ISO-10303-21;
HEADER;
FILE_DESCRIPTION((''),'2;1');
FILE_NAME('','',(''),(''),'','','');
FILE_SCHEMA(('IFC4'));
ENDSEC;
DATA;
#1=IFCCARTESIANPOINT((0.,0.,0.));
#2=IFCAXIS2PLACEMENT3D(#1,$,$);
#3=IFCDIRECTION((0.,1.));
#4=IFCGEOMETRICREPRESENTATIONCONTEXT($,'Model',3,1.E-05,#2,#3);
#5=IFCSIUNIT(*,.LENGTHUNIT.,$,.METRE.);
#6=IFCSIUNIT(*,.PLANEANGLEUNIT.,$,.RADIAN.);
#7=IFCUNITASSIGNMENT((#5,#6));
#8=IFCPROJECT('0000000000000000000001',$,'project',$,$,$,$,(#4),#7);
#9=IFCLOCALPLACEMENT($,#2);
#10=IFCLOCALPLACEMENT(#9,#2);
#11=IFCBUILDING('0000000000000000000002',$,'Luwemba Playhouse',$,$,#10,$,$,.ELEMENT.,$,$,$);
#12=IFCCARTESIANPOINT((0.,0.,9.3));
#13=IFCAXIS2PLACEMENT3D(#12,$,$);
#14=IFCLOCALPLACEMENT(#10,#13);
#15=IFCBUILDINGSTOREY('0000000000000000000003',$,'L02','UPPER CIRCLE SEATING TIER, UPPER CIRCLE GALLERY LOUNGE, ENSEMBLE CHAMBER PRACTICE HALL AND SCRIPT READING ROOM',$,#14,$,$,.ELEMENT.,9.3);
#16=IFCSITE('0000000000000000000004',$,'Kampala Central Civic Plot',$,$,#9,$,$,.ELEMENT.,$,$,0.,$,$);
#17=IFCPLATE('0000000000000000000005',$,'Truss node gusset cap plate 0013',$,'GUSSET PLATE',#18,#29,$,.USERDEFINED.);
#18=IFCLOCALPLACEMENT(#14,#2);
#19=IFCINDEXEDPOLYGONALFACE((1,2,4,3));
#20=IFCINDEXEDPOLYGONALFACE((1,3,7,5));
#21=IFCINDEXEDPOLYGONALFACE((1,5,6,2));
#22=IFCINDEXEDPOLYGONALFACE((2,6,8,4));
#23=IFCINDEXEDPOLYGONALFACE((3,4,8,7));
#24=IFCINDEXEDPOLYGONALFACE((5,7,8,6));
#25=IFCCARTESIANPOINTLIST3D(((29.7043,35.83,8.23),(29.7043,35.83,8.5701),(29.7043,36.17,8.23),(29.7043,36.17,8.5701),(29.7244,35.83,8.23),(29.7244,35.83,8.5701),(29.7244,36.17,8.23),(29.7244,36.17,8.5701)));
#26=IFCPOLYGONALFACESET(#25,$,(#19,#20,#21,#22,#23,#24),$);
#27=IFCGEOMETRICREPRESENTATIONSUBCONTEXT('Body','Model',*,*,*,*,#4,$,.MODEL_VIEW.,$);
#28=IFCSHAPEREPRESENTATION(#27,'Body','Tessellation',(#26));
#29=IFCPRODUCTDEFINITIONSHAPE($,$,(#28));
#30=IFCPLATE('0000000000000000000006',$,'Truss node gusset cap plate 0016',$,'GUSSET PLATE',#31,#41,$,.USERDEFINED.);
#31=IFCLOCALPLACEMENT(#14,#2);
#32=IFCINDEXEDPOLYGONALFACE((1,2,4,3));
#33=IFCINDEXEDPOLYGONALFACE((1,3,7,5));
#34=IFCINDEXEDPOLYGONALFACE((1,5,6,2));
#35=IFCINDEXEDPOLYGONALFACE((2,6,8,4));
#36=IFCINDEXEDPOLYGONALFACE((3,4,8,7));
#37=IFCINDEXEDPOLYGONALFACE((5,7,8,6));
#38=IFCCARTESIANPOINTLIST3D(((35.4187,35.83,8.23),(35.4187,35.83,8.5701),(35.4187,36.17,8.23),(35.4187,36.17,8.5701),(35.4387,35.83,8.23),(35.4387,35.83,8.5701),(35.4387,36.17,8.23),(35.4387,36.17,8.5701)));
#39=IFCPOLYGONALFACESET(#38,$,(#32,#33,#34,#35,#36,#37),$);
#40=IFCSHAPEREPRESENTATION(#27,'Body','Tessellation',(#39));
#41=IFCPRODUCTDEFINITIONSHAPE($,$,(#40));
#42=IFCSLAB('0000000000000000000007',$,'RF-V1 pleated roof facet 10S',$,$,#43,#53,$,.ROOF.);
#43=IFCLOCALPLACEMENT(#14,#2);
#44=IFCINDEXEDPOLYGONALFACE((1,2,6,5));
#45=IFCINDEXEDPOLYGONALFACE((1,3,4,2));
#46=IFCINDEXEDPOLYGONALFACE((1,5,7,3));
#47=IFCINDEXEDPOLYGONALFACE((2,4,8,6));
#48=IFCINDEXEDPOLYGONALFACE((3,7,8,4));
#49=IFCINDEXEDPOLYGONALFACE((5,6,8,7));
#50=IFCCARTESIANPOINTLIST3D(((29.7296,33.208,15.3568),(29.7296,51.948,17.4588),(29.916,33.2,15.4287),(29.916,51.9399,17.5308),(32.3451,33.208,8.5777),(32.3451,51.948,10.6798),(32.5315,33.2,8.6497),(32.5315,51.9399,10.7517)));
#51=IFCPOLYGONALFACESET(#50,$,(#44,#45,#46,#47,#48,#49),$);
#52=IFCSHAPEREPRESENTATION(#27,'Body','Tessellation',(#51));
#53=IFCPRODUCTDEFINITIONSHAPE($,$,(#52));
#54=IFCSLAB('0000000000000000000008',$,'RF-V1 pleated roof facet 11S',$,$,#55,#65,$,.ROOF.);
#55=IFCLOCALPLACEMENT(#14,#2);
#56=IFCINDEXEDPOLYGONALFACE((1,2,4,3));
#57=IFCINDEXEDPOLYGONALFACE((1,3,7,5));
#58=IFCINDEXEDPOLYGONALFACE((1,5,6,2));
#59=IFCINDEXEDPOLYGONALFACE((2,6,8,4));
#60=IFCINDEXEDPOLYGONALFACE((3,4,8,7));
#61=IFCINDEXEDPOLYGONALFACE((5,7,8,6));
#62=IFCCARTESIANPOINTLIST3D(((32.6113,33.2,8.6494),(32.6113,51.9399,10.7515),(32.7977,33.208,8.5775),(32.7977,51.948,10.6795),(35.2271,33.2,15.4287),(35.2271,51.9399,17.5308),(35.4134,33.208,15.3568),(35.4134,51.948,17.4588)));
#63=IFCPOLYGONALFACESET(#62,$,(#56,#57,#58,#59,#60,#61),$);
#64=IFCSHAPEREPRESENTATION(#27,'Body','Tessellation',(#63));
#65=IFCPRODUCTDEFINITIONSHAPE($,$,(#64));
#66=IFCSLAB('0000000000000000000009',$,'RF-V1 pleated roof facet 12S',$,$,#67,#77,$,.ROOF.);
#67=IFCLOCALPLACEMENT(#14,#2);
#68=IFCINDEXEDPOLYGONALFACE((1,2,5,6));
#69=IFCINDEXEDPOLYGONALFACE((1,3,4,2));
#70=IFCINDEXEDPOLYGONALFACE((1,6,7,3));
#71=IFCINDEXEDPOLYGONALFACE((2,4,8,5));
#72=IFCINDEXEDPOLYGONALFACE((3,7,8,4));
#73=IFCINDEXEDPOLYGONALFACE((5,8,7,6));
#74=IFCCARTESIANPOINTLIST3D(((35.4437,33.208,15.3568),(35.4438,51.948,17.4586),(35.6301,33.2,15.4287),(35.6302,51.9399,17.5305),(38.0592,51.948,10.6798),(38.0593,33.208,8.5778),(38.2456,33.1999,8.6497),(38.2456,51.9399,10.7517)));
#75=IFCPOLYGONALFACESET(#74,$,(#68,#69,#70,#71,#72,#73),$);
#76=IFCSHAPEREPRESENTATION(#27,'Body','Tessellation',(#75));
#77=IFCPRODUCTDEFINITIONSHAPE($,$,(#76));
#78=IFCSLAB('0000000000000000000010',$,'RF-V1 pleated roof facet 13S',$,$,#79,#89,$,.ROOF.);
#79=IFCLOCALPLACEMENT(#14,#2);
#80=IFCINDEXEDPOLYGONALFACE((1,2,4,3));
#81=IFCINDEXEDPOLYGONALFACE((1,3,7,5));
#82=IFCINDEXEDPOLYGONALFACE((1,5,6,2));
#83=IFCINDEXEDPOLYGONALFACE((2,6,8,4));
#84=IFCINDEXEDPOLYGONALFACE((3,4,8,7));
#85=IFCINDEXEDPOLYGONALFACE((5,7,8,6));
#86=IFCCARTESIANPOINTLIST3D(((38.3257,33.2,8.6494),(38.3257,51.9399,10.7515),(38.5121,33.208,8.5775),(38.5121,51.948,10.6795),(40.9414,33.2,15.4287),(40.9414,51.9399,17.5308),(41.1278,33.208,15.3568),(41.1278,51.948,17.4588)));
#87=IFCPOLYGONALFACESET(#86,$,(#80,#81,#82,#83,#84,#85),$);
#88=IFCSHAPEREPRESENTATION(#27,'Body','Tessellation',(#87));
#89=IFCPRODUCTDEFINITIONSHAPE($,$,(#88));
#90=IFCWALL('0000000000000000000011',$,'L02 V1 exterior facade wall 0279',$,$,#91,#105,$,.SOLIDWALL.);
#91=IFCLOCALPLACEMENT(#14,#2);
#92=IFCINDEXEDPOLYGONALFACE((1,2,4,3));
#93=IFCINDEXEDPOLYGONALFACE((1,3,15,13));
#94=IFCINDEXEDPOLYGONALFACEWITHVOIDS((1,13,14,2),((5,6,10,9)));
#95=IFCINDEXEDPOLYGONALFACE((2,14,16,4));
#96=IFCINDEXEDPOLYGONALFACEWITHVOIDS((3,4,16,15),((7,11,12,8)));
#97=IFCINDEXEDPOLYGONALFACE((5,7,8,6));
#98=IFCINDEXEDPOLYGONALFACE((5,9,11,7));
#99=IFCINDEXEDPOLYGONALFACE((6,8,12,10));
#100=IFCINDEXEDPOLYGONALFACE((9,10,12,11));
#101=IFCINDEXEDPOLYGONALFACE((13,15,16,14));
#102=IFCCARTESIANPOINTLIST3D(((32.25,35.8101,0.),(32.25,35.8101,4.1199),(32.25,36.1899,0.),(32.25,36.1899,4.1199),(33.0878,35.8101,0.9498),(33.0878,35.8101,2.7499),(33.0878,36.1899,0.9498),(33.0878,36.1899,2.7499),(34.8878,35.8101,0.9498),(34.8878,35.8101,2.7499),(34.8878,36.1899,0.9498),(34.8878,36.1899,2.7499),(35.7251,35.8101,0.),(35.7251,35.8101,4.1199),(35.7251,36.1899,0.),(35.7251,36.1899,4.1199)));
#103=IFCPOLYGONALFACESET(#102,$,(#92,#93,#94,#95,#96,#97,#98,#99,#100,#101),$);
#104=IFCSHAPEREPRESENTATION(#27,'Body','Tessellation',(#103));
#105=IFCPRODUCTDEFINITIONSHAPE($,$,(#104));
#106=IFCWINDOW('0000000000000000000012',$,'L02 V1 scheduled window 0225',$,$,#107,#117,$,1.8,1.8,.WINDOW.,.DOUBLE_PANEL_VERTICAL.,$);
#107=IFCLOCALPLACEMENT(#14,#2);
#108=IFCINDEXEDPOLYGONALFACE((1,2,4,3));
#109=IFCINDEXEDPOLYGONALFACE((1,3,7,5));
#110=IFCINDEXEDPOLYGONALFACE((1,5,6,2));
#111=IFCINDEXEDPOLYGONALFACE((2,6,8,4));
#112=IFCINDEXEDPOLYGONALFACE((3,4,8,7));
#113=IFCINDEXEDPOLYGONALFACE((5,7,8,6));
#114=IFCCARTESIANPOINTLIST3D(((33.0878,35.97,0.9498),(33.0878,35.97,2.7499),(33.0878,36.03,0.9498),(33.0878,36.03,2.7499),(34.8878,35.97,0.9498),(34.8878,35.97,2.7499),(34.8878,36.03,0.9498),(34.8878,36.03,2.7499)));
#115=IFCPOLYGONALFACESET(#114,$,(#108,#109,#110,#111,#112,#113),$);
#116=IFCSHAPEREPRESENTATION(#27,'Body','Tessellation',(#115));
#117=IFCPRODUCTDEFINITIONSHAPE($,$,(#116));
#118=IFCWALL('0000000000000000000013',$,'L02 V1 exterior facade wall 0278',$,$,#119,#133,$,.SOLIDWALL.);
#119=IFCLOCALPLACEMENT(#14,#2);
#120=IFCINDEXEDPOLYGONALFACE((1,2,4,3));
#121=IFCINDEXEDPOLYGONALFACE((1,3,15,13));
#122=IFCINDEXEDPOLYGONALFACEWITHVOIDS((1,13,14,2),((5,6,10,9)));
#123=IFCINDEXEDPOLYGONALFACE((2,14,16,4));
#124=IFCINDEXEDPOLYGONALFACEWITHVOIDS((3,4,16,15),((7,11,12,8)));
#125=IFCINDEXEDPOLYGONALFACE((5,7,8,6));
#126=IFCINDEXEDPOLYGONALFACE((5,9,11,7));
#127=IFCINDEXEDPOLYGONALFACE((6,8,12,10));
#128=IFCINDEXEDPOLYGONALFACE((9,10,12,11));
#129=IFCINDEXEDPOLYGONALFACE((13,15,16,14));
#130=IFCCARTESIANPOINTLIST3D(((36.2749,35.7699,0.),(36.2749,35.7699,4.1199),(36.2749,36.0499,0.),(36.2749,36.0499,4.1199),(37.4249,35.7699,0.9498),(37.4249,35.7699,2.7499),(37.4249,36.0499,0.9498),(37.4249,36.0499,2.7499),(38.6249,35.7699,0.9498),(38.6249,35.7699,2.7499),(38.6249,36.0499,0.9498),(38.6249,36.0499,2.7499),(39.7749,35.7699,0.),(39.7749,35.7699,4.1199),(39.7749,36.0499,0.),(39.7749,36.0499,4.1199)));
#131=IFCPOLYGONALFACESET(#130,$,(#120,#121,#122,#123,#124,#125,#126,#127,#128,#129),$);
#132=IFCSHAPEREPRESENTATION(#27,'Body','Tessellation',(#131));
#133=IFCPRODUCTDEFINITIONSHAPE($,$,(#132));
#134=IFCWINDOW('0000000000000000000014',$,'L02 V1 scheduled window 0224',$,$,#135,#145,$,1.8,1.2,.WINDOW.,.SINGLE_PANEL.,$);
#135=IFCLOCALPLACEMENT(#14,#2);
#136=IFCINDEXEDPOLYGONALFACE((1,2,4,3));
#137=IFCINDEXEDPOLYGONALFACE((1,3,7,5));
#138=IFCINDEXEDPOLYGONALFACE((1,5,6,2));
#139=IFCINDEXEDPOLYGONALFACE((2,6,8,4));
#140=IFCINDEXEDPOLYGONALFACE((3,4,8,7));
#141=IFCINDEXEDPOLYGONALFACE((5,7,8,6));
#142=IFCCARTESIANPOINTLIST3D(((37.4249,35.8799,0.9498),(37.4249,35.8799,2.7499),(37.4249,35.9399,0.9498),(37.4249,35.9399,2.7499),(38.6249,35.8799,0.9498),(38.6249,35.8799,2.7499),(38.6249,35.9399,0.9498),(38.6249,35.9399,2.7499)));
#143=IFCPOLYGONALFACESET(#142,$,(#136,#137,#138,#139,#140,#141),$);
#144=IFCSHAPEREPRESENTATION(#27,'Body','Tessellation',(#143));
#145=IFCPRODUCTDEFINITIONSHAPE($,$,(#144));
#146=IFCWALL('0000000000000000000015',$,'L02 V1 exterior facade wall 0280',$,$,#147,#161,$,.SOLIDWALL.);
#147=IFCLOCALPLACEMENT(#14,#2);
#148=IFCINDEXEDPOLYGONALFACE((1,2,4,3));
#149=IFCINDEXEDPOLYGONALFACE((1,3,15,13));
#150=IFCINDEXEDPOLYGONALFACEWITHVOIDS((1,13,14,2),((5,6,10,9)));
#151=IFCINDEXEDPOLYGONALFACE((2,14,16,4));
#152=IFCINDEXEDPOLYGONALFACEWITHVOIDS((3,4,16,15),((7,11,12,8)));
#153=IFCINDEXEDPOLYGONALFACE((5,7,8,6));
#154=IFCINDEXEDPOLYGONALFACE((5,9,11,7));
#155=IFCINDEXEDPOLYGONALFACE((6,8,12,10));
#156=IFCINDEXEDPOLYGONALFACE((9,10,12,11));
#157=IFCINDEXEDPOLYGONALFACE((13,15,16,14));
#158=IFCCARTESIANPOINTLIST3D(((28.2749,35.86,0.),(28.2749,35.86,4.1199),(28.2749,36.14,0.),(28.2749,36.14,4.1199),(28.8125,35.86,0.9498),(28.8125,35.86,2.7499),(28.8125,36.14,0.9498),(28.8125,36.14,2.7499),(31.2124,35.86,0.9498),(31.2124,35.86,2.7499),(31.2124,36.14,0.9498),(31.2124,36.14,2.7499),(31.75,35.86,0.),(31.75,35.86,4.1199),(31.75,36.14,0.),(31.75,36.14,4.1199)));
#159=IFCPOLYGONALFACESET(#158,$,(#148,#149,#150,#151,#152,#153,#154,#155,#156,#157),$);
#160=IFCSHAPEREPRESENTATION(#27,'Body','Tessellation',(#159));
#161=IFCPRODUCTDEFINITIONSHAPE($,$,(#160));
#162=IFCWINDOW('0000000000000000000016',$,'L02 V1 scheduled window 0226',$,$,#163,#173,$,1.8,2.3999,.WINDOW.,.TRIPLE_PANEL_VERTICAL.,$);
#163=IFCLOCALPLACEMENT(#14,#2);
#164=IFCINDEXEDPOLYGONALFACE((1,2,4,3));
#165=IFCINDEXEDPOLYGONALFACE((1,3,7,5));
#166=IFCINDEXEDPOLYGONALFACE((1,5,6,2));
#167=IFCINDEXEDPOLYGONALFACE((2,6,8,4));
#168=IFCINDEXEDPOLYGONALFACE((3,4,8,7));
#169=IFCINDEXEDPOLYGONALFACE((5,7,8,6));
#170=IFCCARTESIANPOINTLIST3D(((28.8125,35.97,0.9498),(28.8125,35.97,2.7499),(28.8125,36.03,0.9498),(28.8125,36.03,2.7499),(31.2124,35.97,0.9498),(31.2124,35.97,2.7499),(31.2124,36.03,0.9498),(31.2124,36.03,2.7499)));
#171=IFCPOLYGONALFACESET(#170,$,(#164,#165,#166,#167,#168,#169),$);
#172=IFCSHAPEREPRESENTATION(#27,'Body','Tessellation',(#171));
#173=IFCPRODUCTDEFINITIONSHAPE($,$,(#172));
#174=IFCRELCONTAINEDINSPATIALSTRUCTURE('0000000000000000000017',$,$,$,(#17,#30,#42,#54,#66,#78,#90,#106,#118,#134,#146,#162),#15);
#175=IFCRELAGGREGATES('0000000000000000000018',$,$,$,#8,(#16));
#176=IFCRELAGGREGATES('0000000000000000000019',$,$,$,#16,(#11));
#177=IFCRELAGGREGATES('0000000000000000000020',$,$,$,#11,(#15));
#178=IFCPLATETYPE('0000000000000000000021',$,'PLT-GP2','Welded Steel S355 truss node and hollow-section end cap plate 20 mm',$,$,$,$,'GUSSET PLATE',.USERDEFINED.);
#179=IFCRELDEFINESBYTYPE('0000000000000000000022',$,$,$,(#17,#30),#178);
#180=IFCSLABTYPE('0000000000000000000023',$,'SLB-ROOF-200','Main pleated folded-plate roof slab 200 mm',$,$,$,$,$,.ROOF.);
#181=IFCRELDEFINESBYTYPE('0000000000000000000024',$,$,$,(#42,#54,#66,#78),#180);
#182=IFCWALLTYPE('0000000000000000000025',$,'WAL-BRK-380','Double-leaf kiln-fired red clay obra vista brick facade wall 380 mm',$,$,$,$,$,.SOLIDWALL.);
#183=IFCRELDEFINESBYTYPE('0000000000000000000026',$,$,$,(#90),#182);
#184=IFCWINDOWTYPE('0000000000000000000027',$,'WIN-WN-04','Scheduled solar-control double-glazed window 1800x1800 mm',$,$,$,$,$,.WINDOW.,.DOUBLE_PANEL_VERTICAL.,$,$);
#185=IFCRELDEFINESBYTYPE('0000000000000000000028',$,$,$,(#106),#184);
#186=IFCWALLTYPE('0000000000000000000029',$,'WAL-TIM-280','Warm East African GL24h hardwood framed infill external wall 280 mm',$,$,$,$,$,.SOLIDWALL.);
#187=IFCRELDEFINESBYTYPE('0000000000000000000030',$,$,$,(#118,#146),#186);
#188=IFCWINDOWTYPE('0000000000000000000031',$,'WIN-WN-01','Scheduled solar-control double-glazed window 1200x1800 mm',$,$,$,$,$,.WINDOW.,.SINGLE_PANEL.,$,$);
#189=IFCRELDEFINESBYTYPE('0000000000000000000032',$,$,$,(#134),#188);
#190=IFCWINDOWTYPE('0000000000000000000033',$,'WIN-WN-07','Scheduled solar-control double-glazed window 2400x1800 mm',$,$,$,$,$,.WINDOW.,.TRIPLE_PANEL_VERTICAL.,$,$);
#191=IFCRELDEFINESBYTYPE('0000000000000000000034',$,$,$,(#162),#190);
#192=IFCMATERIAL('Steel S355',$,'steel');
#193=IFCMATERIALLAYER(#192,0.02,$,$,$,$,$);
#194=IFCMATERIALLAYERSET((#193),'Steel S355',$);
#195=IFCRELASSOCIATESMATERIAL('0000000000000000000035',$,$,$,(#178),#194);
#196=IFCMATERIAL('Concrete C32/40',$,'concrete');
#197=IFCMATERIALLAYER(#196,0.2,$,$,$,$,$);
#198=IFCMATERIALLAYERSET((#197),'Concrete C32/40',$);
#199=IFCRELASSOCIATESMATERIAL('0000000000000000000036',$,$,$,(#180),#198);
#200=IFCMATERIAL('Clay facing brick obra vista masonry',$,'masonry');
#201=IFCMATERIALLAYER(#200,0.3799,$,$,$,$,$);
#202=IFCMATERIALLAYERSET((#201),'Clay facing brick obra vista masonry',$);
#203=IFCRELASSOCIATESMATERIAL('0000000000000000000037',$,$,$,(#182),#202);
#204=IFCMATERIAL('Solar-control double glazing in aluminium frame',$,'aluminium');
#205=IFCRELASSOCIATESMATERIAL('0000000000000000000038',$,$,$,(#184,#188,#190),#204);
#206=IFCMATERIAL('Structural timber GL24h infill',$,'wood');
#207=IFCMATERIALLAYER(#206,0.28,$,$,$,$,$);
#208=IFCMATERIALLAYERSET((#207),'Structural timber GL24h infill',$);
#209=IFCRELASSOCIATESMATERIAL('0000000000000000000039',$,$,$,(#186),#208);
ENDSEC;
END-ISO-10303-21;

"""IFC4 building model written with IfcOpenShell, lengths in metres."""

from ifc_helpers import new_model, si_unit, direction, frame, frame_2d, origin, origin_2d, place, context, subcontext, project, spatial, polyline, rectangle, outline, extrude, material, layer, layer_set, type_object, element, fill, save


model = new_model("IFC4")

# Units and contexts
model_context = context("Model", 3, precision=1e-05, world=origin(), true_north=direction((0.0, 1.0)))
body_context = subcontext(model_context, "Body", "Model", "MODEL_VIEW")
ifc_project = project(units=[si_unit("LENGTHUNIT", "METRE"), si_unit("PLANEANGLEUNIT", "RADIAN")], contexts=[model_context])

# Site, building, storey
site_placement = place(None, origin())
site = spatial("IfcSite", under=ifc_project, at=site_placement, Name="Kampala Central Civic Plot", CompositionType="ELEMENT", RefElevation=0.0)
building_placement = place(site_placement, origin())
building = spatial("IfcBuilding", under=site, at=building_placement, Name="Luwemba Playhouse", CompositionType="ELEMENT")
storey_placement = place(building_placement, frame((0.0, 0.0, 9.3)))
storey = spatial("IfcBuildingStorey", under=building, at=storey_placement, Name="L02", Description="UPPER CIRCLE SEATING TIER, UPPER CIRCLE GALLERY LOUNGE, ENSEMBLE CHAMBER PRACTICE HALL AND SCRIPT READING ROOM", CompositionType="ELEMENT", Elevation=9.3)

# Shared definitions
ifc_material_1 = material(Name="Steel S355", Category="steel")

# Plates
ifc_layer_1 = layer(ifc_material_1, 0.02)
ifc_layer_set_1 = layer_set([ifc_layer_1], Name="Steel S355")
plate_type = type_object("IfcPlateType", Name="PLT-GP2", Description="Welded Steel S355 truss node and hollow-section end cap plate 20 mm", ElementType="GUSSET PLATE", PredefinedType="USERDEFINED", material=ifc_layer_set_1)
for number, where, z_axis, x_axis, name in (
    (1, (29.7144, 36.0, 8.23), (0.0, 0.0, 1.0), (1.0, 0.0, 0.0), "Truss node gusset cap plate 0013"),
    (2, (35.4287, 36.0, 8.23), (0.0, 0.0, 1.0), (1.0, 0.0, 0.0), "Truss node gusset cap plate 0016"),
):
    element("IfcPlate", number, at=place(storey_placement, frame(where, z_axis=z_axis, x_axis=x_axis)), inside=storey, type_object=plate_type, Name=name, ObjectType="GUSSET PLATE", PredefinedType="USERDEFINED", context=body_context, shape_type="SweptSolid", body=[
        extrude(rectangle(XDim=0.02, YDim=0.3401, at=origin_2d()), origin(), (0.0, 0.0, 1.0), 0.3401),
    ])

# Slabs
ifc_material_2 = material(Name="Concrete C32/40", Category="concrete")
ifc_layer_2 = layer(ifc_material_2, 0.2)
ifc_layer_set_2 = layer_set([ifc_layer_2], Name="Concrete C32/40")
slab_type = type_object("IfcSlabType", Name="SLB-ROOF-200", Description="Main pleated folded-plate roof slab 200 mm", PredefinedType="ROOF", material=ifc_layer_set_2)
slab_1_placement = place(storey_placement, frame((29.916, 33.2, 15.4287), z_axis=(0.93221, -0.040343, 0.359663), x_axis=(0.359956, 0.0, -0.932969)))
element("IfcSlab", 3, at=slab_1_placement, inside=storey, type_object=slab_type, Name="RF-V1 pleated roof facet 10S", PredefinedType="ROOF", context=body_context, shape_type="SweptSolid", body=[
    extrude(outline(polyline([(0.0, 0.0), (7.2661, 0.0), (5.305, 18.7553), (-1.9611, 18.7553), (0.0, 0.0)])), origin(), (0.0, 0.0, -1.0), 0.2),
])
slab_2_placement = place(storey_placement, frame((32.6113, 33.2, 8.6494), z_axis=(-0.932203, -0.040345, 0.359681), x_axis=(0.359974, 0.0, 0.932962)))
element("IfcSlab", 4, at=slab_2_placement, inside=storey, type_object=slab_type, Name="RF-V1 pleated roof facet 11S", PredefinedType="ROOF", context=body_context, shape_type="SweptSolid", body=[
    extrude(outline(polyline([(0.0, 0.0), (7.2664, 0.0), (9.2276, 18.7553), (1.9611, 18.7553), (0.0, 0.0)])), origin(), (0.0, 0.0, -1.0), 0.2),
])
slab_3_placement = place(storey_placement, frame((35.6301, 33.2, 15.4287), z_axis=(0.932208, -0.040341, 0.359669), x_axis=(0.359962, 0.0, -0.932967)))
element("IfcSlab", 5, at=slab_3_placement, inside=storey, type_object=slab_type, Name="RF-V1 pleated roof facet 12S", PredefinedType="ROOF", context=body_context, shape_type="SweptSolid", body=[
    extrude(outline(polyline([(0.0, 0.0), (7.2661, 0.0), (5.305, 18.7553), (-1.9609, 18.7553), (0.0, 0.0)])), origin(), (0.0, 0.0, -1.0), 0.2),
])
slab_4_placement = place(storey_placement, frame((38.3257, 33.2, 8.6494), z_axis=(-0.932203, -0.040345, 0.359681), x_axis=(0.359974, 0.0, 0.932962)))
element("IfcSlab", 6, at=slab_4_placement, inside=storey, type_object=slab_type, Name="RF-V1 pleated roof facet 13S", PredefinedType="ROOF", context=body_context, shape_type="SweptSolid", body=[
    extrude(outline(polyline([(0.0, 0.0), (7.2664, 0.0), (9.2276, 18.7553), (1.9611, 18.7553), (0.0, 0.0)])), origin(), (0.0, 0.0, -1.0), 0.2),
])

# Walls, openings, windows
ifc_material_3 = material(Name="Clay facing brick obra vista masonry", Category="masonry")
ifc_layer_3 = layer(ifc_material_3, 0.3799)
ifc_layer_set_3 = layer_set([ifc_layer_3], Name="Clay facing brick obra vista masonry")
wall_type_1 = type_object("IfcWallType", Name="WAL-BRK-380", Description="Double-leaf kiln-fired red clay obra vista brick facade wall 380 mm", PredefinedType="SOLIDWALL", material=ifc_layer_set_3)
wall_1_placement = place(storey_placement, frame((35.7251, 36.0, 0.0), z_axis=(0.0, 0.0, 1.0), x_axis=(-1.0, 0.0, 0.0)))
wall_1 = element("IfcWall", 7, at=wall_1_placement, inside=storey, type_object=wall_type_1, Name="L02 V1 exterior facade wall 0279", PredefinedType="SOLIDWALL", context=body_context, shape_type="SweptSolid", body=[
    extrude(rectangle(XDim=3.4751, YDim=0.3799, at=frame_2d((1.7375, 0.0))), origin(), (0.0, 0.0, 1.0), 4.1199),
])
opening_1_placement = place(wall_1_placement, frame((0.8374, 0.0, 0.95)))
opening_1 = element("IfcOpeningElement", 8, at=opening_1_placement, cuts=wall_1, PredefinedType="OPENING", context=body_context, shape_type="SweptSolid", body=[
    extrude(rectangle(XDim=1.8, YDim=1.8, at=frame_2d((0.8999, 0.8999))), frame((0.0, 0.2, 0.0), z_axis=(0.0, -1.0, 0.0), x_axis=(1.0, 0.0, 0.0)), (0.0, 0.0, 1.0), 0.3999),
])
ifc_material_4 = material(Name="Solar-control double glazing in aluminium frame", Category="aluminium")
window_type_1 = type_object("IfcWindowType", Name="WIN-WN-04", Description="Scheduled solar-control double-glazed window 1800x1800 mm", PartitioningType="DOUBLE_PANEL_VERTICAL", PredefinedType="WINDOW", material=ifc_material_4)
window_1_placement = place(opening_1_placement, origin())
window_1 = element("IfcWindow", 9, at=window_1_placement, inside=storey, type_object=window_type_1, Name="L02 V1 scheduled window 0225", OverallHeight=1.8, OverallWidth=1.8, PartitioningType="DOUBLE_PANEL_VERTICAL", PredefinedType="WINDOW", context=body_context, shape_type="SweptSolid", body=[
    extrude(rectangle(XDim=1.8, YDim=1.8, at=frame_2d((0.8999, 0.8999))), frame((0.0, 0.03, 0.0), z_axis=(0.0, -1.0, 0.0), x_axis=(1.0, 0.0, 0.0)), (0.0, 0.0, 1.0), 0.0601),
])
fill(opening_1, window_1)
ifc_material_5 = material(Name="Structural timber GL24h infill", Category="wood")
ifc_layer_4 = layer(ifc_material_5, 0.28)
ifc_layer_set_4 = layer_set([ifc_layer_4], Name="Structural timber GL24h infill")
wall_type_2 = type_object("IfcWallType", Name="WAL-TIM-280", Description="Warm East African GL24h hardwood framed infill external wall 280 mm", PredefinedType="SOLIDWALL", material=ifc_layer_set_4)
wall_2_placement = place(storey_placement, frame((39.7749, 35.9099, 0.0), z_axis=(0.0, 0.0, 1.0), x_axis=(-1.0, 0.0, 0.0)))
wall_2 = element("IfcWall", 10, at=wall_2_placement, inside=storey, type_object=wall_type_2, Name="L02 V1 exterior facade wall 0278", PredefinedType="SOLIDWALL", context=body_context, shape_type="SweptSolid", body=[
    extrude(rectangle(XDim=3.5, YDim=0.28, at=frame_2d((1.75, 0.0))), origin(), (0.0, 0.0, 1.0), 4.1199),
])
opening_2_placement = place(wall_2_placement, frame((1.1499, 0.0, 0.95)))
opening_2 = element("IfcOpeningElement", 11, at=opening_2_placement, cuts=wall_2, PredefinedType="OPENING", context=body_context, shape_type="SweptSolid", body=[
    extrude(rectangle(XDim=1.2, YDim=1.8, at=frame_2d((0.6001, 0.8999))), frame((0.0, 0.1499, 0.0), z_axis=(0.0, -1.0, 0.0), x_axis=(1.0, 0.0, 0.0)), (0.0, 0.0, 1.0), 0.3),
])
window_type_2 = type_object("IfcWindowType", Name="WIN-WN-01", Description="Scheduled solar-control double-glazed window 1200x1800 mm", PartitioningType="SINGLE_PANEL", PredefinedType="WINDOW", material=ifc_material_4)
window_2_placement = place(opening_2_placement, origin())
window_2 = element("IfcWindow", 12, at=window_2_placement, inside=storey, type_object=window_type_2, Name="L02 V1 scheduled window 0224", OverallHeight=1.8, OverallWidth=1.2, PartitioningType="SINGLE_PANEL", PredefinedType="WINDOW", context=body_context, shape_type="SweptSolid", body=[
    extrude(rectangle(XDim=1.2, YDim=1.8, at=frame_2d((0.6001, 0.8999))), frame((0.0, 0.03, 0.0), z_axis=(0.0, -1.0, 0.0), x_axis=(1.0, 0.0, 0.0)), (0.0, 0.0, 1.0), 0.0601),
])
fill(opening_2, window_2)
wall_3_placement = place(storey_placement, frame((31.75, 36.0, 0.0), z_axis=(0.0, 0.0, 1.0), x_axis=(-1.0, 0.0, 0.0)))
wall_3 = element("IfcWall", 13, at=wall_3_placement, inside=storey, type_object=wall_type_2, Name="L02 V1 exterior facade wall 0280", PredefinedType="SOLIDWALL", context=body_context, shape_type="SweptSolid", body=[
    extrude(rectangle(XDim=3.4751, YDim=0.28, at=frame_2d((1.7375, 0.0))), origin(), (0.0, 0.0, 1.0), 4.1199),
])
opening_3_placement = place(wall_3_placement, frame((0.5376, 0.0, 0.95)))
opening_3 = element("IfcOpeningElement", 14, at=opening_3_placement, cuts=wall_3, PredefinedType="OPENING", context=body_context, shape_type="SweptSolid", body=[
    extrude(rectangle(XDim=2.3999, YDim=1.8, at=frame_2d((1.2, 0.8999))), frame((0.0, 0.1499, 0.0), z_axis=(0.0, -1.0, 0.0), x_axis=(1.0, 0.0, 0.0)), (0.0, 0.0, 1.0), 0.3),
])
window_type_3 = type_object("IfcWindowType", Name="WIN-WN-07", Description="Scheduled solar-control double-glazed window 2400x1800 mm", PartitioningType="TRIPLE_PANEL_VERTICAL", PredefinedType="WINDOW", material=ifc_material_4)
window_3_placement = place(opening_3_placement, origin())
window_3 = element("IfcWindow", 15, at=window_3_placement, inside=storey, type_object=window_type_3, Name="L02 V1 scheduled window 0226", OverallHeight=1.8, OverallWidth=2.3999, PartitioningType="TRIPLE_PANEL_VERTICAL", PredefinedType="WINDOW", context=body_context, shape_type="SweptSolid", body=[
    extrude(rectangle(XDim=2.3999, YDim=1.8, at=frame_2d((1.2, 0.8999))), frame((0.0, 0.03, 0.0), z_axis=(0.0, -1.0, 0.0), x_axis=(1.0, 0.0, 0.0)), (0.0, 0.0, 1.0), 0.0601),
])
fill(opening_3, window_3)

save(model, "model.ifc")
